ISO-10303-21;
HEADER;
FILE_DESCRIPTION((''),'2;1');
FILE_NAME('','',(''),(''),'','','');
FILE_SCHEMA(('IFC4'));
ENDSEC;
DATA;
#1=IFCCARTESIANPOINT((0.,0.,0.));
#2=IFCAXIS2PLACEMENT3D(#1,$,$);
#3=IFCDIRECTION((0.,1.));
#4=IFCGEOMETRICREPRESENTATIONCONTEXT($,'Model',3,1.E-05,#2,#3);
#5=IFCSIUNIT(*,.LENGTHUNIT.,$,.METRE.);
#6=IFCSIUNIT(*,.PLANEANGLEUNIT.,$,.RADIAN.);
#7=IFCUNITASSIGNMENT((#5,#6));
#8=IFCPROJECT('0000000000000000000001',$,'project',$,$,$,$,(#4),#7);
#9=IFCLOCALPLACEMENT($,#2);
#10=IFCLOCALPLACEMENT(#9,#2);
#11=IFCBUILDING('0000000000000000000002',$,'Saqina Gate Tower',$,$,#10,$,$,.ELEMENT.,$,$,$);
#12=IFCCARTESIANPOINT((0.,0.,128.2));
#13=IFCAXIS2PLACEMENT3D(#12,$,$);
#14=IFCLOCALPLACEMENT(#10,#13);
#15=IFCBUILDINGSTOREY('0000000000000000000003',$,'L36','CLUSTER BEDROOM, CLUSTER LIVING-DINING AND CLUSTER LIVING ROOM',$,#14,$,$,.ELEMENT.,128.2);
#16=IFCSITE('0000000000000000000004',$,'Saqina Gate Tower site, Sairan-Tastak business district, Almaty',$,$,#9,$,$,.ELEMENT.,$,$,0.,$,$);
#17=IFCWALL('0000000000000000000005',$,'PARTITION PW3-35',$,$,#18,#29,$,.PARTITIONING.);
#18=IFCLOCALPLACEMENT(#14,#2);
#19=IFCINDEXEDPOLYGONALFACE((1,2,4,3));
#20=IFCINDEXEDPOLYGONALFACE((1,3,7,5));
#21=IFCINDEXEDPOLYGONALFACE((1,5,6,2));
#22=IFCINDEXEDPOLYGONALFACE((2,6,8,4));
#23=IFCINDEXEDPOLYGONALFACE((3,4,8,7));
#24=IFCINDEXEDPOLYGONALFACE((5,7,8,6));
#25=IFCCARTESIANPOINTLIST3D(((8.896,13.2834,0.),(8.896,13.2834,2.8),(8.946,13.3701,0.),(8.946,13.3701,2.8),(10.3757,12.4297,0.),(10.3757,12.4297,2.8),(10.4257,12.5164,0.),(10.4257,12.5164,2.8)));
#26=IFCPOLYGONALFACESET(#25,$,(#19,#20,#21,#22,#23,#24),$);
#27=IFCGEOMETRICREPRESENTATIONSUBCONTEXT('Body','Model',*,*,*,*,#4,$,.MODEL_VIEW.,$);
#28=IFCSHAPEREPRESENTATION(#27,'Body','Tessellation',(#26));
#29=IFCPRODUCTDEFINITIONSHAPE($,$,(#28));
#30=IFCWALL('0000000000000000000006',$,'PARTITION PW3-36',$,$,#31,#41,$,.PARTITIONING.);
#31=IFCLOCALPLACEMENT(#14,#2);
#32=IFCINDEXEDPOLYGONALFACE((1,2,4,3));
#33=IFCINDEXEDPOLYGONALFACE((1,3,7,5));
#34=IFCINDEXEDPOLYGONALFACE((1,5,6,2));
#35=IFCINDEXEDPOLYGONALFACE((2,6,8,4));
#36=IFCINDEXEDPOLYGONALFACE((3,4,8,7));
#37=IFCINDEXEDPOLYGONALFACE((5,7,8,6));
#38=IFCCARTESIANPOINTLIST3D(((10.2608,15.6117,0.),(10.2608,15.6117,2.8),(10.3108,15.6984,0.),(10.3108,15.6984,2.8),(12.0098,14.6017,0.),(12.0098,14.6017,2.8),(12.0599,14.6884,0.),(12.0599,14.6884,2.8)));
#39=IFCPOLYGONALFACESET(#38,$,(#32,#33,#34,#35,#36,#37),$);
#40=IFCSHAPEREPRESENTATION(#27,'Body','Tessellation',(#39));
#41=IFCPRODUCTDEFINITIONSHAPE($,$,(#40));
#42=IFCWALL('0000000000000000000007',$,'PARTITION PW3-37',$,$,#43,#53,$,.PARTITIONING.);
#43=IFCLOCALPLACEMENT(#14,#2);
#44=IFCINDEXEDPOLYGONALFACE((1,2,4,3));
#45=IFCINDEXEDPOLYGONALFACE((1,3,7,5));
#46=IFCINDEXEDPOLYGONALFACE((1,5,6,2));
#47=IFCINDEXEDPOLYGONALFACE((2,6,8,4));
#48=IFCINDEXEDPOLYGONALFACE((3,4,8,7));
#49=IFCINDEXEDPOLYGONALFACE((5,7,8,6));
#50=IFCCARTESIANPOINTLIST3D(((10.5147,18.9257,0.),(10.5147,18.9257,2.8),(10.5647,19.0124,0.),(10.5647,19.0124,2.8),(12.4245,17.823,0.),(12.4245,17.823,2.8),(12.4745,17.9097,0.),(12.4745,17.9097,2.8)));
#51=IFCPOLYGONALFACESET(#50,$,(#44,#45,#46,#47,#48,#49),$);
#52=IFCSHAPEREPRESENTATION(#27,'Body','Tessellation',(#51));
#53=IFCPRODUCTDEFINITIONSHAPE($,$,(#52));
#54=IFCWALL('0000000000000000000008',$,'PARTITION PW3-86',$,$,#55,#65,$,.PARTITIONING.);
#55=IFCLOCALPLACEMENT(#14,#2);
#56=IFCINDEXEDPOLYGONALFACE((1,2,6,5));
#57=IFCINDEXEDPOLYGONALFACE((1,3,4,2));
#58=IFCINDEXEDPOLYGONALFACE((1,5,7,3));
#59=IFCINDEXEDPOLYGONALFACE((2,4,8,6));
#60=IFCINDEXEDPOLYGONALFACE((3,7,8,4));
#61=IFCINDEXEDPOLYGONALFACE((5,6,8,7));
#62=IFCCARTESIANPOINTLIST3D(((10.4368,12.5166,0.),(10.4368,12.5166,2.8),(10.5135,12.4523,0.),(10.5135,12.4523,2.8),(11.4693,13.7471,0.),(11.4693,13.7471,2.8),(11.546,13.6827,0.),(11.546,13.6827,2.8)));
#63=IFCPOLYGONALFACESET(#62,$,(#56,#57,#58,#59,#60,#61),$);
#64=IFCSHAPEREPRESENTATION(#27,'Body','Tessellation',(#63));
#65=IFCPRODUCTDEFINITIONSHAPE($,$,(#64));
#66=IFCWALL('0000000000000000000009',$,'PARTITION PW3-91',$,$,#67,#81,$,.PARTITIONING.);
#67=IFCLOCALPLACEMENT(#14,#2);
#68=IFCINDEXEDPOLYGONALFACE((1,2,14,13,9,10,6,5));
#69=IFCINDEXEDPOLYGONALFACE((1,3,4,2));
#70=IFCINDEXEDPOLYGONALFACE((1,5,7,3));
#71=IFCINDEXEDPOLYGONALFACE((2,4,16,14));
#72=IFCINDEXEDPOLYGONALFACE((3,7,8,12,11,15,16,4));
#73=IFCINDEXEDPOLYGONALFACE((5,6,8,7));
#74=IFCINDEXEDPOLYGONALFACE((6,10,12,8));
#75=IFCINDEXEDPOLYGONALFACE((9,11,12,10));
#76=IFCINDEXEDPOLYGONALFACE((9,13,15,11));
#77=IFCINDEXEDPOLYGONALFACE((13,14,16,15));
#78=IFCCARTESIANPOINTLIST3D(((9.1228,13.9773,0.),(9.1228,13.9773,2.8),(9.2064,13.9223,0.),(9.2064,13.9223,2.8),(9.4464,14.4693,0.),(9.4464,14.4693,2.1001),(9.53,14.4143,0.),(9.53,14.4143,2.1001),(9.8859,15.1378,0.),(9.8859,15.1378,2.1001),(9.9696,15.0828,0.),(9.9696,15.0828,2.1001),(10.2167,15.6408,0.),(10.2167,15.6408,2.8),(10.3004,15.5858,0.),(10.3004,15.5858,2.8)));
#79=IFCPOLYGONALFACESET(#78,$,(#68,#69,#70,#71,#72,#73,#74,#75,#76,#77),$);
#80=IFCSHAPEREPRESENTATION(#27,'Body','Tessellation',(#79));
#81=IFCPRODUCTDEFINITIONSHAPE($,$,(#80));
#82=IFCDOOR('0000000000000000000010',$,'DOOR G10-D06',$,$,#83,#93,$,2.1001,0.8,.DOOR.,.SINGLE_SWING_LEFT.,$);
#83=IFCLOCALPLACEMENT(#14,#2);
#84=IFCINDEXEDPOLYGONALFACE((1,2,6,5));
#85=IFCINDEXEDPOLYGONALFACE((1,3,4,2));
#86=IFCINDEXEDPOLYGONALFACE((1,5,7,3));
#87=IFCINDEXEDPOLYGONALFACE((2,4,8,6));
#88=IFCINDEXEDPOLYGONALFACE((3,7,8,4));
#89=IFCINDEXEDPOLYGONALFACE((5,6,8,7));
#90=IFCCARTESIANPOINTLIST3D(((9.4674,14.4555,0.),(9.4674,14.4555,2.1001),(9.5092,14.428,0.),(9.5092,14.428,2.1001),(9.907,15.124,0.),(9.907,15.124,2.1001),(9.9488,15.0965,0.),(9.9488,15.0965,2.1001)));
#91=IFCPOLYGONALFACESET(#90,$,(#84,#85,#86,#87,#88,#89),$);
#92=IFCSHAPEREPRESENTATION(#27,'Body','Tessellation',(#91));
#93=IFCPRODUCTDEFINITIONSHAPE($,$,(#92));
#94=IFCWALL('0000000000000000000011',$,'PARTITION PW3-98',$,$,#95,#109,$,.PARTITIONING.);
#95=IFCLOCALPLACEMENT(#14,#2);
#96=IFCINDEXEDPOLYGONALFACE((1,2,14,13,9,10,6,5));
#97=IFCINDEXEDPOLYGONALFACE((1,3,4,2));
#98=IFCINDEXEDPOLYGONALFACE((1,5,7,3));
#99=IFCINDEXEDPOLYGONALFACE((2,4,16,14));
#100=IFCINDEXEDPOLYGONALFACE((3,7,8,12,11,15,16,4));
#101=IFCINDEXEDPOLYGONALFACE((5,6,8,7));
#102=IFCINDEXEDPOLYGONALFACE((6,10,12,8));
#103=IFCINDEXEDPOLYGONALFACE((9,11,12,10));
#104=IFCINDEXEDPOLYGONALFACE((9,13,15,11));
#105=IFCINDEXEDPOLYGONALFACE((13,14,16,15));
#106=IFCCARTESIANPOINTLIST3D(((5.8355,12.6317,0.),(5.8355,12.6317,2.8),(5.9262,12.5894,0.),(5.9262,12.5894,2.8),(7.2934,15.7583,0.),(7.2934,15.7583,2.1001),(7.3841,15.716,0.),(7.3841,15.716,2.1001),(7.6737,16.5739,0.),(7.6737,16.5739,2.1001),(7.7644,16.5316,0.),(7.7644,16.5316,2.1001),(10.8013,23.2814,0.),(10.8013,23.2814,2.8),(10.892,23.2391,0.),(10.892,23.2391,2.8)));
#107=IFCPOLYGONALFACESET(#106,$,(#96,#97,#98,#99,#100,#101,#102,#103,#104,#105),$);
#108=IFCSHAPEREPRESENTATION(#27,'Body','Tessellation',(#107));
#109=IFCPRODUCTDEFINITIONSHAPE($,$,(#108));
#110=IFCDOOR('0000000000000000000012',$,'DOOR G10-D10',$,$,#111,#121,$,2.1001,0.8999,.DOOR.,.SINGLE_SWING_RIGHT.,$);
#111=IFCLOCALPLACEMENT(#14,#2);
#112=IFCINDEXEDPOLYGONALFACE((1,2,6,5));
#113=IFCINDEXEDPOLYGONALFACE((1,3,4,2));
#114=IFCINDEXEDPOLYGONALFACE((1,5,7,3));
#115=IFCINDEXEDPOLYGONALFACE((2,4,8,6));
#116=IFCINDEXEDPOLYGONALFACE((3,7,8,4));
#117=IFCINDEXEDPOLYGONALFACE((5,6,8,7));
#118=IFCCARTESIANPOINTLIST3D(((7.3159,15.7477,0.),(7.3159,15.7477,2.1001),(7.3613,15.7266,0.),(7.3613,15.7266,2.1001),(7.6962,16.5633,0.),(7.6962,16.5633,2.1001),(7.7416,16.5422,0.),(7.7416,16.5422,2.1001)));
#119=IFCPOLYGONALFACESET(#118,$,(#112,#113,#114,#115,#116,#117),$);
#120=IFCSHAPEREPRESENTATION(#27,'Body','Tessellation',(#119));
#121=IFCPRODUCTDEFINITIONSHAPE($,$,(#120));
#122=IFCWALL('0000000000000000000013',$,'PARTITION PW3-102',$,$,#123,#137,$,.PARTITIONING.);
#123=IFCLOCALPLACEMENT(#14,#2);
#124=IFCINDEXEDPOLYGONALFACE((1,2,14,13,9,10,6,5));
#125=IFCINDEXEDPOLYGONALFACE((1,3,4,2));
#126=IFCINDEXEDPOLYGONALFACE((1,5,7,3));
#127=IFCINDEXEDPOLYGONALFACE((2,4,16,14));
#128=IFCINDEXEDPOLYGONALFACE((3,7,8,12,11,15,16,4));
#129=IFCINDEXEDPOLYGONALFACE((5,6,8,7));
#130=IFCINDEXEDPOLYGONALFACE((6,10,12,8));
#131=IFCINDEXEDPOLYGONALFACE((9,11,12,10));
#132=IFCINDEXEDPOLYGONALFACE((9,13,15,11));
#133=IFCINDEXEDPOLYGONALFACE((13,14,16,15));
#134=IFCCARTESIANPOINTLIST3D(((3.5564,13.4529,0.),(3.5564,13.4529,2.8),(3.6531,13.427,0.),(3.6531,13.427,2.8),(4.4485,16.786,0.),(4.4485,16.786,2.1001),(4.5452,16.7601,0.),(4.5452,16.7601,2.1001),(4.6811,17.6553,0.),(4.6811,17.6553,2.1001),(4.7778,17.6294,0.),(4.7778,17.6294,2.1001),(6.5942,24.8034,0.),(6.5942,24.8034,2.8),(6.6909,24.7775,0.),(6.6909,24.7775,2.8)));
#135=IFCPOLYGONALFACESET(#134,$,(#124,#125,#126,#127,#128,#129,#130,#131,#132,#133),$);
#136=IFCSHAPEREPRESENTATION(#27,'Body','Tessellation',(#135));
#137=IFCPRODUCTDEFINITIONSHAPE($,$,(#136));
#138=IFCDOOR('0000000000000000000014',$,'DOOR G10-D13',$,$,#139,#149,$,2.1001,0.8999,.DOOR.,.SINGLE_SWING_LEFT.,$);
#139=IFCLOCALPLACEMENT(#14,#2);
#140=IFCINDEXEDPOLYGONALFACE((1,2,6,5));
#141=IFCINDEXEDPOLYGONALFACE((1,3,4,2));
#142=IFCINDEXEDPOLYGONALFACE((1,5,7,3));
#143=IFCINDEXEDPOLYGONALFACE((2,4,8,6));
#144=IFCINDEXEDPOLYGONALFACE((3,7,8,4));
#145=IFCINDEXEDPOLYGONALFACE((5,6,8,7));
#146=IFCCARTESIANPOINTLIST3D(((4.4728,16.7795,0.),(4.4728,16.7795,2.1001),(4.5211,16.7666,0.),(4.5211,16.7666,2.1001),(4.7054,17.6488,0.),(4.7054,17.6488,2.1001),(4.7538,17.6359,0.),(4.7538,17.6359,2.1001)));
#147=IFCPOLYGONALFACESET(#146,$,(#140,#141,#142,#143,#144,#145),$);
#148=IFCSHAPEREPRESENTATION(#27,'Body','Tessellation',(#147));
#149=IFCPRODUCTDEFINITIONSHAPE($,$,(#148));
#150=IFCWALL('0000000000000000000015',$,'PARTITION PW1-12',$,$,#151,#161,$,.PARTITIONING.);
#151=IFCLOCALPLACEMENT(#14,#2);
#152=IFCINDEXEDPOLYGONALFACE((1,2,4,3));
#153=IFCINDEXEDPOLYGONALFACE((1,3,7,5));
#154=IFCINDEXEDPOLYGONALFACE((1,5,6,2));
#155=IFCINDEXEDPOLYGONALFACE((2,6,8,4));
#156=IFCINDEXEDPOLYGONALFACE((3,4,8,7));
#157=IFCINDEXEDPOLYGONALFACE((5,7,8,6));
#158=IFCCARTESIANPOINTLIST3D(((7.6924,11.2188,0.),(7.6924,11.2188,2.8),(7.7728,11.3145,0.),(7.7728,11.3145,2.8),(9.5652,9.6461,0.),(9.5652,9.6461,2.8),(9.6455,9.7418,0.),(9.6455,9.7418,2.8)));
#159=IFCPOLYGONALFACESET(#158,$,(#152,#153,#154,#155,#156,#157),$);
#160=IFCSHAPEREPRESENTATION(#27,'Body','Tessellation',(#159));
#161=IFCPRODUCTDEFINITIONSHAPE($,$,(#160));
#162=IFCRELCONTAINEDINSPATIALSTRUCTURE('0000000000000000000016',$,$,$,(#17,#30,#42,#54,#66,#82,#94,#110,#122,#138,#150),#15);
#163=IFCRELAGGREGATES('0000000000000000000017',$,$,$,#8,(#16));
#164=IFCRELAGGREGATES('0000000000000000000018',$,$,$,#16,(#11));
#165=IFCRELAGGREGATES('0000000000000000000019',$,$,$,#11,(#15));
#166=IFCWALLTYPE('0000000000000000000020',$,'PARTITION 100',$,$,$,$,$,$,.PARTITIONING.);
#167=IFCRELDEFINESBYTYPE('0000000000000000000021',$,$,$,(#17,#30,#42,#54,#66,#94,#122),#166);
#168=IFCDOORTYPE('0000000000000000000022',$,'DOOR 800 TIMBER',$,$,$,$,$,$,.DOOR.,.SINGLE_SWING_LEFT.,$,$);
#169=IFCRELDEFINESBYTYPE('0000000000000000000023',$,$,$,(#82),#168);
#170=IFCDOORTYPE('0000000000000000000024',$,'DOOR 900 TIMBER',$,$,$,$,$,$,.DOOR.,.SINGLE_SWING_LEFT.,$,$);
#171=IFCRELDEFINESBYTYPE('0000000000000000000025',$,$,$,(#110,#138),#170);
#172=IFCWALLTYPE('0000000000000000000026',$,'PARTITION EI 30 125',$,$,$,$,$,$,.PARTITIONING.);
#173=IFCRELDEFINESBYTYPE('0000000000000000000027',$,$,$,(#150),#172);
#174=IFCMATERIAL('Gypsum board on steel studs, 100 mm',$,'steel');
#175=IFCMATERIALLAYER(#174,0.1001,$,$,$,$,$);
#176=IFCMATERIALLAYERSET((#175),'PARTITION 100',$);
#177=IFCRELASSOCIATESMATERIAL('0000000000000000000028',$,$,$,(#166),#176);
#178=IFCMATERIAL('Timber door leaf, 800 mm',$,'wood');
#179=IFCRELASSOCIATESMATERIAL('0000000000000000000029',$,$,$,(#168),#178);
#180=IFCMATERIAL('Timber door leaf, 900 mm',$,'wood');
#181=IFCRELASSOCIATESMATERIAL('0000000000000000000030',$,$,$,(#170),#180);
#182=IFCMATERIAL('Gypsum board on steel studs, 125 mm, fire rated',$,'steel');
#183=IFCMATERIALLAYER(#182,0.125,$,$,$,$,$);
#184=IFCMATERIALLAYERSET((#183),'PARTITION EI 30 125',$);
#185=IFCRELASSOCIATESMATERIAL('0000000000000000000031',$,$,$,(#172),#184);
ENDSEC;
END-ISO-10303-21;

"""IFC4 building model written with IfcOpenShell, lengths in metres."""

from ifc_helpers import new_model, si_unit, direction, frame, frame_2d, origin, place, context, subcontext, project, spatial, rectangle, extrude, material, layer, layer_set, type_object, element, fill, save


model = new_model("IFC4")

# Units and contexts
model_context = context("Model", 3, precision=1e-05, world=origin(), true_north=direction((0.0, 1.0)))
body_context = subcontext(model_context, "Body", "Model", "MODEL_VIEW")
ifc_project = project(units=[si_unit("LENGTHUNIT", "METRE"), si_unit("PLANEANGLEUNIT", "RADIAN")], contexts=[model_context])

# Site, building, storey
site_placement = place(None, origin())
site = spatial("IfcSite", under=ifc_project, at=site_placement, Name="Saqina Gate Tower site, Sairan-Tastak business district, Almaty", CompositionType="ELEMENT", RefElevation=0.0)
building_placement = place(site_placement, origin())
building = spatial("IfcBuilding", under=site, at=building_placement, Name="Saqina Gate Tower", CompositionType="ELEMENT")
storey_placement = place(building_placement, frame((0.0, 0.0, 128.2)))
storey = spatial("IfcBuildingStorey", under=building, at=storey_placement, Name="L36", Description="CLUSTER BEDROOM, CLUSTER LIVING-DINING AND CLUSTER LIVING ROOM", CompositionType="ELEMENT", Elevation=128.2)

# Walls
ifc_material_1 = material(Name="Gypsum board on steel studs, 100 mm", Category="steel")
ifc_layer_1 = layer(ifc_material_1, 0.1001)
ifc_layer_set_1 = layer_set([ifc_layer_1], Name="PARTITION 100")
wall_type_1 = type_object("IfcWallType", Name="PARTITION 100", PredefinedType="PARTITIONING", material=ifc_layer_set_1)
wall_1_placement = place(storey_placement, frame((8.9211, 13.3267, 0.0), z_axis=(0.0, 0.0, 1.0), x_axis=(0.866169, -0.499751, 0.0)))
element("IfcWall", 1, at=wall_1_placement, inside=storey, type_object=wall_type_1, Name="PARTITION PW3-35", PredefinedType="PARTITIONING", context=body_context, shape_type="SweptSolid", body=[
    extrude(rectangle(XDim=1.7083, YDim=0.1001, at=frame_2d((0.854, 0.0))), origin(), (0.0, 0.0, 1.0), 2.8),
])
wall_2_placement = place(storey_placement, frame((10.2859, 15.655, 0.0), z_axis=(0.0, 0.0, 1.0), x_axis=(0.86598, -0.500078, 0.0)))
element("IfcWall", 2, at=wall_2_placement, inside=storey, type_object=wall_type_1, Name="PARTITION PW3-36", PredefinedType="PARTITIONING", context=body_context, shape_type="SweptSolid", body=[
    extrude(rectangle(XDim=2.0198, YDim=0.1001, at=frame_2d((1.0098, 0.0))), origin(), (0.0, 0.0, 1.0), 2.8),
])
wall_3_placement = place(storey_placement, frame((10.5398, 18.969, 0.0), z_axis=(0.0, 0.0, 1.0), x_axis=(0.866007, -0.500032, 0.0)))
element("IfcWall", 3, at=wall_3_placement, inside=storey, type_object=wall_type_1, Name="PARTITION PW3-37", PredefinedType="PARTITIONING", context=body_context, shape_type="SweptSolid", body=[
    extrude(rectangle(XDim=2.2053, YDim=0.1001, at=frame_2d((1.1025, 0.0))), origin(), (0.0, 0.0, 1.0), 2.8),
])
wall_4_placement = place(storey_placement, frame((10.4751, 12.4844, 0.0), z_axis=(0.0, 0.0, 1.0), x_axis=(0.642782, 0.766049, 0.0)))
element("IfcWall", 4, at=wall_4_placement, inside=storey, type_object=wall_type_1, Name="PARTITION PW3-86", PredefinedType="PARTITIONING", context=body_context, shape_type="SweptSolid", body=[
    extrude(rectangle(XDim=1.6062, YDim=0.1001, at=frame_2d((0.8032, 0.0))), origin(), (0.0, 0.0, 1.0), 2.8),
])

# Walls, openings, doors
wall_5_placement = place(storey_placement, frame((9.1646, 13.9497, 0.0), z_axis=(0.0, 0.0, 1.0), x_axis=(0.549454, 0.835524, 0.0)))
wall_5 = element("IfcWall", 5, at=wall_5_placement, inside=storey, type_object=wall_type_1, Name="PARTITION PW3-91", PredefinedType="PARTITIONING", context=body_context, shape_type="SweptSolid", body=[
    extrude(rectangle(XDim=1.991, YDim=0.1001, at=frame_2d((0.9956, 0.0))), origin(), (0.0, 0.0, 1.0), 2.8),
])
opening_1_placement = place(wall_5_placement, frame((0.5891, 0.0, 0.0)))
opening_1 = element("IfcOpeningElement", 6, at=opening_1_placement, cuts=wall_5, PredefinedType="OPENING", context=body_context, shape_type="SweptSolid", body=[
    extrude(rectangle(XDim=0.8, YDim=2.1001, at=frame_2d((0.3999, 1.05))), frame((0.0, 0.062, 0.0), z_axis=(0.0, -1.0, 0.0), x_axis=(1.0, 0.0, 0.0)), (0.0, 0.0, 1.0), 0.124),
])
ifc_material_2 = material(Name="Timber door leaf, 800 mm", Category="wood")
door_type_1 = type_object("IfcDoorType", Name="DOOR 800 TIMBER", OperationType="SINGLE_SWING_LEFT", PredefinedType="DOOR", material=ifc_material_2)
door_1_placement = place(opening_1_placement, origin())
door_1 = element("IfcDoor", 7, at=door_1_placement, inside=storey, type_object=door_type_1, Name="DOOR G10-D06", OperationType="SINGLE_SWING_LEFT", OverallHeight=2.1001, OverallWidth=0.8, PredefinedType="DOOR", context=body_context, shape_type="SweptSolid", body=[
    extrude(rectangle(XDim=0.8, YDim=2.1001, at=frame_2d((0.3999, 1.05))), frame((0.0, 0.0249, 0.0), z_axis=(0.0, -1.0, 0.0), x_axis=(1.0, 0.0, 0.0)), (0.0, 0.0, 1.0), 0.05),
])
fill(opening_1, door_1)
wall_6_placement = place(storey_placement, frame((5.8809, 12.6106, 0.0), z_axis=(0.0, 0.0, 1.0), x_axis=(0.422605, 0.906314, 0.0)))
wall_6 = element("IfcWall", 8, at=wall_6_placement, inside=storey, type_object=wall_type_1, Name="PARTITION PW3-98", PredefinedType="PARTITIONING", context=body_context, shape_type="SweptSolid", body=[
    extrude(rectangle(XDim=11.7505, YDim=0.1001, at=frame_2d((5.8752, 0.0))), origin(), (0.0, 0.0, 1.0), 2.8),
])
opening_2_placement = place(wall_6_placement, frame((3.4497, 0.0, 0.0)))
opening_2 = element("IfcOpeningElement", 9, at=opening_2_placement, cuts=wall_6, PredefinedType="OPENING", context=body_context, shape_type="SweptSolid", body=[
    extrude(rectangle(XDim=0.8999, YDim=2.1001, at=frame_2d((0.45, 1.05))), frame((0.0, 0.062, 0.0), z_axis=(0.0, -1.0, 0.0), x_axis=(1.0, 0.0, 0.0)), (0.0, 0.0, 1.0), 0.124),
])
ifc_material_3 = material(Name="Timber door leaf, 900 mm", Category="wood")
door_type_2 = type_object("IfcDoorType", Name="DOOR 900 TIMBER", OperationType="SINGLE_SWING_LEFT", PredefinedType="DOOR", material=ifc_material_3)
door_2_placement = place(opening_2_placement, frame((0.8999, 0.0, 0.0), z_axis=(0.0, 0.0, 1.0), x_axis=(-1.0, 0.0, 0.0)))
door_2 = element("IfcDoor", 10, at=door_2_placement, inside=storey, type_object=door_type_2, Name="DOOR G10-D10", OperationType="SINGLE_SWING_RIGHT", OverallHeight=2.1001, OverallWidth=0.8999, PredefinedType="DOOR", context=body_context, shape_type="SweptSolid", body=[
    extrude(rectangle(XDim=0.8999, YDim=2.1001, at=frame_2d((0.45, 1.05))), frame((0.0, 0.0249, 0.0), z_axis=(0.0, -1.0, 0.0), x_axis=(1.0, 0.0, 0.0)), (0.0, 0.0, 1.0), 0.05),
])
fill(opening_2, door_2)
wall_7_placement = place(storey_placement, frame((3.6047, 13.4399, 0.0), z_axis=(0.0, 0.0, 1.0), x_axis=(0.258538, 0.966001, 0.0)))
wall_7 = element("IfcWall", 11, at=wall_7_placement, inside=storey, type_object=wall_type_1, Name="PARTITION PW3-102", PredefinedType="PARTITIONING", context=body_context, shape_type="SweptSolid", body=[
    extrude(rectangle(XDim=11.75, YDim=0.1001, at=frame_2d((5.875, 0.0))), origin(), (0.0, 0.0, 1.0), 2.8),
])
opening_3_placement = place(wall_7_placement, frame((3.4504, 0.0, 0.0)))
opening_3 = element("IfcOpeningElement", 12, at=opening_3_placement, cuts=wall_7, PredefinedType="OPENING", context=body_context, shape_type="SweptSolid", body=[
    extrude(rectangle(XDim=0.8999, YDim=2.1001, at=frame_2d((0.45, 1.05))), frame((0.0, 0.062, 0.0), z_axis=(0.0, -1.0, 0.0), x_axis=(1.0, 0.0, 0.0)), (0.0, 0.0, 1.0), 0.124),
])
door_3_placement = place(opening_3_placement, origin())
door_3 = element("IfcDoor", 13, at=door_3_placement, inside=storey, type_object=door_type_2, Name="DOOR G10-D13", OperationType="SINGLE_SWING_LEFT", OverallHeight=2.1001, OverallWidth=0.8999, PredefinedType="DOOR", context=body_context, shape_type="SweptSolid", body=[
    extrude(rectangle(XDim=0.8999, YDim=2.1001, at=frame_2d((0.45, 1.05))), frame((0.0, 0.0249, 0.0), z_axis=(0.0, -1.0, 0.0), x_axis=(1.0, 0.0, 0.0)), (0.0, 0.0, 1.0), 0.05),
])
fill(opening_3, door_3)

# Wall
ifc_material_4 = material(Name="Gypsum board on steel studs, 125 mm, fire rated", Category="steel")
ifc_layer_2 = layer(ifc_material_4, 0.125)
ifc_layer_set_2 = layer_set([ifc_layer_2], Name="PARTITION EI 30 125")
wall_type_2 = type_object("IfcWallType", Name="PARTITION EI 30 125", PredefinedType="PARTITIONING", material=ifc_layer_set_2)
wall_8_placement = place(storey_placement, frame((7.7327, 11.2666, 0.0), z_axis=(0.0, 0.0, 1.0), x_axis=(0.765785, -0.643096, 0.0)))
element("IfcWall", 14, at=wall_8_placement, inside=storey, type_object=wall_type_2, Name="PARTITION PW1-12", PredefinedType="PARTITIONING", context=body_context, shape_type="SweptSolid", body=[
    extrude(rectangle(XDim=2.4456, YDim=0.125, at=frame_2d((1.2227, 0.0))), origin(), (0.0, 0.0, 1.0), 2.8),
])

save(model, "model.ifc")
